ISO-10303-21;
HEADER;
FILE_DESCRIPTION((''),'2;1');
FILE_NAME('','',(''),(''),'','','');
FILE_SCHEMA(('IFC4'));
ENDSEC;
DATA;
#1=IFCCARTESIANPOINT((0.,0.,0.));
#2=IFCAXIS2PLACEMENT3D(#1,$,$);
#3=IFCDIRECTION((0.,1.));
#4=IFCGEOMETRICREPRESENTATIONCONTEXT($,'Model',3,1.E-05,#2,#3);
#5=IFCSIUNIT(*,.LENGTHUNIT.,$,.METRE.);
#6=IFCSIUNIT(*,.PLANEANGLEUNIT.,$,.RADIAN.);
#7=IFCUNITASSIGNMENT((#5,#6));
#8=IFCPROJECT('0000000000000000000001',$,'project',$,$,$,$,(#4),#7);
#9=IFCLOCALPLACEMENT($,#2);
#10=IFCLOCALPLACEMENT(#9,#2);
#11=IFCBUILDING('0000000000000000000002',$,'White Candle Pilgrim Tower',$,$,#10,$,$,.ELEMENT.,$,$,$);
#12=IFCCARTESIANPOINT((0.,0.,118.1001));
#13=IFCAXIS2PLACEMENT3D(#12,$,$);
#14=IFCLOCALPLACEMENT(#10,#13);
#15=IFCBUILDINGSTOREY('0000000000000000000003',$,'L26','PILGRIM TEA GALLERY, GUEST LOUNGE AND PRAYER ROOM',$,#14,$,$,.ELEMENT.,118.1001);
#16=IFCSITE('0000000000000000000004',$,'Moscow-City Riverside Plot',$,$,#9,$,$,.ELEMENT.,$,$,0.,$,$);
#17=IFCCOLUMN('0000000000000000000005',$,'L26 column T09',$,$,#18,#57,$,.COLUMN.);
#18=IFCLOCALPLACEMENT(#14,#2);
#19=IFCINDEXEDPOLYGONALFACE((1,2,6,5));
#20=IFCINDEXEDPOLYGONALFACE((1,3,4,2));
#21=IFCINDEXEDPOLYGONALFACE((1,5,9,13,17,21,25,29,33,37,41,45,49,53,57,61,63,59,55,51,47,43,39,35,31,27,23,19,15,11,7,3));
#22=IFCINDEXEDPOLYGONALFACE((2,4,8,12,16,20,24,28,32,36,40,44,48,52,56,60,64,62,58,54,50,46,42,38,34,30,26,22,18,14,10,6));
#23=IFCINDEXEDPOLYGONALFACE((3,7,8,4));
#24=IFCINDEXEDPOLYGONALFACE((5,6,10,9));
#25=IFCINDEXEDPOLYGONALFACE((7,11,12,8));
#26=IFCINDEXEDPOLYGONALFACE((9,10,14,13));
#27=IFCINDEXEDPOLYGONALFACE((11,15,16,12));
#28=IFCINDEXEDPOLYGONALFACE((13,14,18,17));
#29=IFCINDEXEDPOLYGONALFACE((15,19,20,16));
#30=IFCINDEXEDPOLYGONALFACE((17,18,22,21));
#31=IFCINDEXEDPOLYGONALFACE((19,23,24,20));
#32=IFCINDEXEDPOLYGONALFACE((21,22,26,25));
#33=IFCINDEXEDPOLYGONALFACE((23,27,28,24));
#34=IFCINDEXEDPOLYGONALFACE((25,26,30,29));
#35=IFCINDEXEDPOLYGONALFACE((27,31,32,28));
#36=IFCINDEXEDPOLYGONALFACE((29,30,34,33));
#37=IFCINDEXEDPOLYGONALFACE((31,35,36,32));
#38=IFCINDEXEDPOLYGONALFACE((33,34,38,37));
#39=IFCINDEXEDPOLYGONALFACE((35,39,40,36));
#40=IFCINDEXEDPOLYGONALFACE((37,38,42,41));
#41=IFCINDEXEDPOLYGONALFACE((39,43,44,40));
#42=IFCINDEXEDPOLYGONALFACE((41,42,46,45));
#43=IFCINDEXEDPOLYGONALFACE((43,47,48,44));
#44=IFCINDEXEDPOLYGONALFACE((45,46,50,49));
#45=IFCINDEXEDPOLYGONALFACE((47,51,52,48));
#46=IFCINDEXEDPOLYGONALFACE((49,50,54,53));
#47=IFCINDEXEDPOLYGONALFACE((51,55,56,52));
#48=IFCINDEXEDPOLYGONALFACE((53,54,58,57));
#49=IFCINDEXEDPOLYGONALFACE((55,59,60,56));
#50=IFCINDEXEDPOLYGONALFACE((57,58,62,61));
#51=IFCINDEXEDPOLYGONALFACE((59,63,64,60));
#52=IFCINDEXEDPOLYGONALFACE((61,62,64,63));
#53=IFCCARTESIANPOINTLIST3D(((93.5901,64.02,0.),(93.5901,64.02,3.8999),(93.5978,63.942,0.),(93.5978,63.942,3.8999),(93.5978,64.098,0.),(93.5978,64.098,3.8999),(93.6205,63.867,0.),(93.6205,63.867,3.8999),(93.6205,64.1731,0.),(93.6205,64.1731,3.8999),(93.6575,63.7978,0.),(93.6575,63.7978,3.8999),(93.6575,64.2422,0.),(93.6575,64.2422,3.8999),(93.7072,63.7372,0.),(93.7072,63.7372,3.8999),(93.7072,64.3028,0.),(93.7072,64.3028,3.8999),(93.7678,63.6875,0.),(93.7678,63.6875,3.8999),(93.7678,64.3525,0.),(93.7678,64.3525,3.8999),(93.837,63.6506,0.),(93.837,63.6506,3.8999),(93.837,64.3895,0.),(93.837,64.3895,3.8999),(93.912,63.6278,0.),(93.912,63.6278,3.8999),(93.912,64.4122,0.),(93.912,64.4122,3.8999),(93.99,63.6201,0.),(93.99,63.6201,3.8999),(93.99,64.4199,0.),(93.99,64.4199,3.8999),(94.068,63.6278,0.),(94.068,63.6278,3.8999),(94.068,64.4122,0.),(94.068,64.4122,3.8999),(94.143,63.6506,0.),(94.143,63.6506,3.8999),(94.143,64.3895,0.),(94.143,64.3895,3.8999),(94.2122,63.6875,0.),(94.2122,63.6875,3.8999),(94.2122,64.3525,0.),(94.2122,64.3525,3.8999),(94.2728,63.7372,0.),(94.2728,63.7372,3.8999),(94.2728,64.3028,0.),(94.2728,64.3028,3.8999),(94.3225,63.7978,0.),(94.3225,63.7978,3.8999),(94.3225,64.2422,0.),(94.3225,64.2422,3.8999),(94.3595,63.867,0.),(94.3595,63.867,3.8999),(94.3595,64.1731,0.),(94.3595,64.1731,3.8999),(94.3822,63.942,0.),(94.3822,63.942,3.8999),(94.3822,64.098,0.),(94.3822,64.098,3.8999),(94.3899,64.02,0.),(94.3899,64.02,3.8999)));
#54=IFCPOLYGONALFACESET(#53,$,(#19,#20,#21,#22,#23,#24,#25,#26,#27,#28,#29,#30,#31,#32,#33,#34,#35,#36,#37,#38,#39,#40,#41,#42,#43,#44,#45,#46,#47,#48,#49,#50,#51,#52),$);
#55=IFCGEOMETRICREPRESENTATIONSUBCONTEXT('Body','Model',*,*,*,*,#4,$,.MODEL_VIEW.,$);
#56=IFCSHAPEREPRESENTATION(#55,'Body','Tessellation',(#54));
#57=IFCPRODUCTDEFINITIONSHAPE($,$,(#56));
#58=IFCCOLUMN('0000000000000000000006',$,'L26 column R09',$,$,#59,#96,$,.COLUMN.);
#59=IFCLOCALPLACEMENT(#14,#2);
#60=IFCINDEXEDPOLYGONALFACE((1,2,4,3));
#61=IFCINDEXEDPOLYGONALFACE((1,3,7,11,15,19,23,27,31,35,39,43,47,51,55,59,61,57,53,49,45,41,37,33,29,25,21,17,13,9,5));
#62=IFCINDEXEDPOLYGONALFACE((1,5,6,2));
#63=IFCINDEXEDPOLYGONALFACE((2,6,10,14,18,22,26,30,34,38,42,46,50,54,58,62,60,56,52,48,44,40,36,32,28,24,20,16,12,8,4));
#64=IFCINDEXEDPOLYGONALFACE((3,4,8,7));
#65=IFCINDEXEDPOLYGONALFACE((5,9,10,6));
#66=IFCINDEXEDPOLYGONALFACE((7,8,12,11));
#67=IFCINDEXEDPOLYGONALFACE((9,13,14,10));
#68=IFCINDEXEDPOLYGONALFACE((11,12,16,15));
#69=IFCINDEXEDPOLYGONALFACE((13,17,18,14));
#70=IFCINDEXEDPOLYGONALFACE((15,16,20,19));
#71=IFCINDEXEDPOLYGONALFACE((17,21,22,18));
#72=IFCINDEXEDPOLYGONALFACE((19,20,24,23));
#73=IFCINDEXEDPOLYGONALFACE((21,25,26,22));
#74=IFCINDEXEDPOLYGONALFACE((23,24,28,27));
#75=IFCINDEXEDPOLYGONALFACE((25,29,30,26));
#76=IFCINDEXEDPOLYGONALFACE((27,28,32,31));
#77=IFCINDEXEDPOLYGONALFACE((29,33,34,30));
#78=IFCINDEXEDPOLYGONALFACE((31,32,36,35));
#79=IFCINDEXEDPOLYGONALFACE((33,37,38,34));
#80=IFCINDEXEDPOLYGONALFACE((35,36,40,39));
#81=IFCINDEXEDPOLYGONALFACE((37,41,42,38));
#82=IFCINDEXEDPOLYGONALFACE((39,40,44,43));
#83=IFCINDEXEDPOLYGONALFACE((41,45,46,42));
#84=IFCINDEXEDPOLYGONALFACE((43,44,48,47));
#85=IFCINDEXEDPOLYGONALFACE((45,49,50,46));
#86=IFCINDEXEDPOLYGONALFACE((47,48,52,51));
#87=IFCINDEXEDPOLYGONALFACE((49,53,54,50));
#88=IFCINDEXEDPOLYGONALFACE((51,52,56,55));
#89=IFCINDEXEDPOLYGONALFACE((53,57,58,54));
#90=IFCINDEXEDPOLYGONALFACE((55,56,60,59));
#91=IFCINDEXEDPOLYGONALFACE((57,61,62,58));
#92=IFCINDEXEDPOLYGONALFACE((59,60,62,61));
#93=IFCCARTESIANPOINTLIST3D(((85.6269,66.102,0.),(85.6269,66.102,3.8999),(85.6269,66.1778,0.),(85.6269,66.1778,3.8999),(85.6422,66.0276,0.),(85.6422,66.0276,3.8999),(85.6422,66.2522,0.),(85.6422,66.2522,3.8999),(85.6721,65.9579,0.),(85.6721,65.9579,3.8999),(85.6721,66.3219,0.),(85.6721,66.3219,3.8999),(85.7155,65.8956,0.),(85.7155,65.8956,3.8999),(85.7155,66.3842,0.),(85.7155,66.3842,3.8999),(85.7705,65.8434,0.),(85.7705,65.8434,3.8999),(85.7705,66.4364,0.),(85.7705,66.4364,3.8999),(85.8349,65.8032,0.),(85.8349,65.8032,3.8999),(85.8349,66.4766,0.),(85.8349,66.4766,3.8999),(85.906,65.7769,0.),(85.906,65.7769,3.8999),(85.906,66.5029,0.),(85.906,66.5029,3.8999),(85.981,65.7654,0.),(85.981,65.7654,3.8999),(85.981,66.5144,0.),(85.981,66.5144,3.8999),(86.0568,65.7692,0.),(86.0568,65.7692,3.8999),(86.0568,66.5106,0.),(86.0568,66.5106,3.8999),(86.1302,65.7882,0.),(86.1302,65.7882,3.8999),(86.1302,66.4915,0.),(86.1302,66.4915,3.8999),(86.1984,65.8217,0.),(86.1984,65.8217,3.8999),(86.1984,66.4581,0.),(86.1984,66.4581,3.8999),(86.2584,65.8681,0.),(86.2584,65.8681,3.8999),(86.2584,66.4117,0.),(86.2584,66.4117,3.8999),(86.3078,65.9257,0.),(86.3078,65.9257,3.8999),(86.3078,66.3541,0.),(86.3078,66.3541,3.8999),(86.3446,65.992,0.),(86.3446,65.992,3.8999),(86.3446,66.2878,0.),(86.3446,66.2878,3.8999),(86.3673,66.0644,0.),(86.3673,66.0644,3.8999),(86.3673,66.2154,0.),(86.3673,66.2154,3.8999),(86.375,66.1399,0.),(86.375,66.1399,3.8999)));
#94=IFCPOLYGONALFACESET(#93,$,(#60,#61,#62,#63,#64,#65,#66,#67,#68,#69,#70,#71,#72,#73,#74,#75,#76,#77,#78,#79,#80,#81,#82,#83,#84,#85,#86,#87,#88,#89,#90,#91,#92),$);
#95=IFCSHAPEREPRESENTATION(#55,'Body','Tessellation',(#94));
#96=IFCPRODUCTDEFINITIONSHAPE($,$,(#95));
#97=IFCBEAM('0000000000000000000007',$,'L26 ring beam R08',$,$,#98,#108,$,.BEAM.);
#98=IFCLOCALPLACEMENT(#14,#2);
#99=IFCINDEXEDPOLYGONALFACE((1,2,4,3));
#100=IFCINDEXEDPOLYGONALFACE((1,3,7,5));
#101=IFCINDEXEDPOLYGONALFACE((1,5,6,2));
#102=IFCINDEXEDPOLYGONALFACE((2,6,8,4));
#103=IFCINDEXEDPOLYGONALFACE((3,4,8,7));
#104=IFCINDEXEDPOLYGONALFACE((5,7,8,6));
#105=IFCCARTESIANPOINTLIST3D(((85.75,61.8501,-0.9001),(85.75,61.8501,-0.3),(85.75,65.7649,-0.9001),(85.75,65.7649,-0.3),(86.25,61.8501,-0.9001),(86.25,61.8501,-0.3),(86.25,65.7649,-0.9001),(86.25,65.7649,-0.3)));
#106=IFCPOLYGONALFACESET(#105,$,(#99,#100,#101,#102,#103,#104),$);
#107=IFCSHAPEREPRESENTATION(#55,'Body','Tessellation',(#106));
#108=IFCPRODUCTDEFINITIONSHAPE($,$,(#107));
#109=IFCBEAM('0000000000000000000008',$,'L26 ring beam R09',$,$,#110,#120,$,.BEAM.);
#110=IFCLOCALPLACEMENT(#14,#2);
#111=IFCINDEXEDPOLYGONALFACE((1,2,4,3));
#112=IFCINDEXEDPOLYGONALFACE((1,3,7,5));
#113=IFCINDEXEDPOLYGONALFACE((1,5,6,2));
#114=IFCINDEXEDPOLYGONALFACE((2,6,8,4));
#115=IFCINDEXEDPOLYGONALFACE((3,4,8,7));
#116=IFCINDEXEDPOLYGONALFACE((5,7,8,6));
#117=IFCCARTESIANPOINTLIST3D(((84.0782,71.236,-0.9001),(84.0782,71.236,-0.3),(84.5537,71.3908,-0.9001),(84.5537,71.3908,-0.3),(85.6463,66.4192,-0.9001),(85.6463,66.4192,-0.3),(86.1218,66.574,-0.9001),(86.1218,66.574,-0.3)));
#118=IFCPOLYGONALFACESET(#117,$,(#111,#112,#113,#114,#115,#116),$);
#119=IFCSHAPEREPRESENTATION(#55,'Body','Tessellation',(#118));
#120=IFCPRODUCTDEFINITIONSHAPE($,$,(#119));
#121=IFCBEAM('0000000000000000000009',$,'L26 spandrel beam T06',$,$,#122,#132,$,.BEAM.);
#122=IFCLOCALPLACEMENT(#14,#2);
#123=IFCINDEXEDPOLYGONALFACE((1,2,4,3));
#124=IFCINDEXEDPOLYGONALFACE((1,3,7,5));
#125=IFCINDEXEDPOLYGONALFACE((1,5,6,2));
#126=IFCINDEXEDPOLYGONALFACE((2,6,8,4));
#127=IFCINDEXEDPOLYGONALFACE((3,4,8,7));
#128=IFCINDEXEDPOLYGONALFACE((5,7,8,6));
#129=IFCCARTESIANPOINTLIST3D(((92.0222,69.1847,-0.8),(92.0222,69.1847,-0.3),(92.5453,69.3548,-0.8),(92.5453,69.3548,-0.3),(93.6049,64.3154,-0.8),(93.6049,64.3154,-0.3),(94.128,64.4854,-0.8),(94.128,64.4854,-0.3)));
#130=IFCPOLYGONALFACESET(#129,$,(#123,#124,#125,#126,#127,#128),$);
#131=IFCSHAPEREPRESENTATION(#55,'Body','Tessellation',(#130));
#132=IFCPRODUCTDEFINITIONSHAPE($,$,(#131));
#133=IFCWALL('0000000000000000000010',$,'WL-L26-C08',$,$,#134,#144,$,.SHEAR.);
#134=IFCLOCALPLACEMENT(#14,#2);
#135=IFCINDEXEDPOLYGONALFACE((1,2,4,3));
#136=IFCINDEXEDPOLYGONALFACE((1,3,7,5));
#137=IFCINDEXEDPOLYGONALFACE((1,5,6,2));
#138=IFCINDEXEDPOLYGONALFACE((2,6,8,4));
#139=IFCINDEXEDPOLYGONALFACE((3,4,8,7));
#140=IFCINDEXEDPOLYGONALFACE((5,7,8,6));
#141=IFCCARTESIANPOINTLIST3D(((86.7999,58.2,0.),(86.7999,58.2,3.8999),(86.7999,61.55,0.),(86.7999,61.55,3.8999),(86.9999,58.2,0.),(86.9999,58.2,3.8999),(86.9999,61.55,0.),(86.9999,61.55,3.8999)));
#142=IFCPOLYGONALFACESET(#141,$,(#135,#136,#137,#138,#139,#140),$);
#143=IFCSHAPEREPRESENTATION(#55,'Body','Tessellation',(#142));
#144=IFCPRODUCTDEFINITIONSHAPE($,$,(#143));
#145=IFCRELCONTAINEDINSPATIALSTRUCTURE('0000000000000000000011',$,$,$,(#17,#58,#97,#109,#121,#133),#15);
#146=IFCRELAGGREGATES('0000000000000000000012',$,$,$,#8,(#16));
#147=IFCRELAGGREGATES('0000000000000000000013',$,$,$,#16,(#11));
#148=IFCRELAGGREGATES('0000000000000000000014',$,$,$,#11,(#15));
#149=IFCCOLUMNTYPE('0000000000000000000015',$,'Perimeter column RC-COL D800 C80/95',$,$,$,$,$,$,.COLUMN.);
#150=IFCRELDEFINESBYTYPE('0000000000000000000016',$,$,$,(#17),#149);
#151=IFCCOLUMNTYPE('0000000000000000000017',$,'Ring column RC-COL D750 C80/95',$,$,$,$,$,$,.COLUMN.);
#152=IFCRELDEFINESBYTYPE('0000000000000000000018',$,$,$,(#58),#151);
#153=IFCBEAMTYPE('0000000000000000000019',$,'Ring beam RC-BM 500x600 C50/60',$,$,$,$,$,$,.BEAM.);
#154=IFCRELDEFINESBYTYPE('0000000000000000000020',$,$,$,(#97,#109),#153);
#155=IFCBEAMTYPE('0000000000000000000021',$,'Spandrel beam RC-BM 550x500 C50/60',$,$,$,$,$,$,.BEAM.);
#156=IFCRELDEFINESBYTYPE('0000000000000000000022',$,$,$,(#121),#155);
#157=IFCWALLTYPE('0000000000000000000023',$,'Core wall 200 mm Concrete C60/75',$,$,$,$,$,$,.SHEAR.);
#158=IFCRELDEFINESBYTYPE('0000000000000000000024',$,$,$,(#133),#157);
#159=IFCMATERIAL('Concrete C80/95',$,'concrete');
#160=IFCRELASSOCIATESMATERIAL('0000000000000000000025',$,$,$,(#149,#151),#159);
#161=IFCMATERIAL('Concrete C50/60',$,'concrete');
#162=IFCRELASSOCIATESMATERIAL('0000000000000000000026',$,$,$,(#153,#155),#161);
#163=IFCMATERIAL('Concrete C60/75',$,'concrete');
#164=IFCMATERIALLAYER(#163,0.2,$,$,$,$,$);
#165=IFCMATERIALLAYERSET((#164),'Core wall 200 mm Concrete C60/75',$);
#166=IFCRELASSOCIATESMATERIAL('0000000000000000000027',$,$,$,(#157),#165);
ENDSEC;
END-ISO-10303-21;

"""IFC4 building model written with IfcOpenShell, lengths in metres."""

from ifc_helpers import new_model, si_unit, direction, frame, frame_2d, origin, origin_2d, place, context, subcontext, project, spatial, rectangle, circle, extrude, material, layer, layer_set, material_profile, profile_set, type_object, element, save


model = new_model("IFC4")

# Units and contexts
model_context = context("Model", 3, precision=1e-05, world=origin(), true_north=direction((0.0, 1.0)))
body_context = subcontext(model_context, "Body", "Model", "MODEL_VIEW")
ifc_project = project(units=[si_unit("LENGTHUNIT", "METRE"), si_unit("PLANEANGLEUNIT", "RADIAN")], contexts=[model_context])

# Site, building, storey
site_placement = place(None, origin())
site = spatial("IfcSite", under=ifc_project, at=site_placement, Name="Moscow-City Riverside Plot", CompositionType="ELEMENT", RefElevation=0.0)
building_placement = place(site_placement, origin())
building = spatial("IfcBuilding", under=site, at=building_placement, Name="White Candle Pilgrim Tower", CompositionType="ELEMENT")
storey_placement = place(building_placement, frame((0.0, 0.0, 118.1001)))
storey = spatial("IfcBuildingStorey", under=building, at=storey_placement, Name="L26", Description="PILGRIM TEA GALLERY, GUEST LOUNGE AND PRAYER ROOM", CompositionType="ELEMENT", Elevation=118.1001)

# Columns
ifc_material_1 = material(Name="Concrete C80/95", Category="concrete")
ifc_material_profile_1 = material_profile(ifc_material_1, circle(Radius=0.3999, at=origin_2d()), Name="RC-COL D800")
ifc_profile_set_1 = profile_set([ifc_material_profile_1], Name="Concrete C80/95")
column_type_1 = type_object("IfcColumnType", Name="Perimeter column RC-COL D800 C80/95", PredefinedType="COLUMN", material=ifc_profile_set_1)
column_1_placement = place(storey_placement, frame((93.99, 64.02, 0.0), z_axis=(0.0, 0.0, 1.0), x_axis=(1.0, 0.0, 0.0)))
element("IfcColumn", 1, at=column_1_placement, inside=storey, type_object=column_type_1, Name="L26 column T09", PredefinedType="COLUMN", context=body_context, shape_type="SweptSolid", body=[
    extrude(circle(Radius=0.3999, at=origin_2d()), origin(), (0.0, 0.0, 1.0), 3.8999),
])
ifc_material_profile_2 = material_profile(ifc_material_1, circle(Radius=0.375, at=origin_2d()), Name="RC-COL D750")
ifc_profile_set_2 = profile_set([ifc_material_profile_2], Name="Concrete C80/95")
column_type_2 = type_object("IfcColumnType", Name="Ring column RC-COL D750 C80/95", PredefinedType="COLUMN", material=ifc_profile_set_2)
column_2_placement = place(storey_placement, frame((86.0, 66.1399, 0.0), z_axis=(0.0, 0.0, 1.0), x_axis=(1.0, 0.0, 0.0)))
element("IfcColumn", 2, at=column_2_placement, inside=storey, type_object=column_type_2, Name="L26 column R09", PredefinedType="COLUMN", context=body_context, shape_type="SweptSolid", body=[
    extrude(circle(Radius=0.375, at=origin_2d()), origin(), (0.0, 0.0, 1.0), 3.8999),
])

# Beams
ifc_material_2 = material(Name="Concrete C50/60", Category="concrete")
ifc_material_profile_3 = material_profile(ifc_material_2, rectangle(XDim=0.5, YDim=0.6001, at=origin_2d()), Name="RC-BM 500x600")
ifc_profile_set_3 = profile_set([ifc_material_profile_3], Name="Concrete C50/60")
beam_type_1 = type_object("IfcBeamType", Name="Ring beam RC-BM 500x600 C50/60", PredefinedType="BEAM", material=ifc_profile_set_3)
beam_1_placement = place(storey_placement, frame((86.0, 65.7649, -0.6001), z_axis=(0.0, -1.0, 0.0), x_axis=(1.0, 0.0, 0.0)))
element("IfcBeam", 3, at=beam_1_placement, inside=storey, type_object=beam_type_1, Name="L26 ring beam R08", PredefinedType="BEAM", context=body_context, shape_type="SweptSolid", body=[
    extrude(rectangle(XDim=0.5, YDim=0.6001, at=origin_2d()), origin(), (0.0, 0.0, 1.0), 3.9148),
])
beam_2_placement = place(storey_placement, frame((85.884, 66.4966, -0.6001), z_axis=(-0.309555, 0.950882, 0.0), x_axis=(-0.950882, -0.309555, 0.0)))
element("IfcBeam", 4, at=beam_2_placement, inside=storey, type_object=beam_type_1, Name="L26 ring beam R09", PredefinedType="BEAM", context=body_context, shape_type="SweptSolid", body=[
    extrude(rectangle(XDim=0.5, YDim=0.6001, at=origin_2d()), origin(), (0.0, 0.0, 1.0), 5.0657),
])
ifc_material_profile_4 = material_profile(ifc_material_2, rectangle(XDim=0.55, YDim=0.5, at=origin_2d()), Name="RC-BM 550x500")
ifc_profile_set_4 = profile_set([ifc_material_profile_4], Name="Concrete C50/60")
beam_type_2 = type_object("IfcBeamType", Name="Spandrel beam RC-BM 550x500 C50/60", PredefinedType="BEAM", material=ifc_profile_set_4)
beam_3_placement = place(storey_placement, frame((93.8665, 64.4004, -0.55), z_axis=(-0.309124, 0.951022, 0.0), x_axis=(-0.951022, -0.309124, 0.0)))
element("IfcBeam", 5, at=beam_3_placement, inside=storey, type_object=beam_type_2, Name="L26 spandrel beam T06", PredefinedType="BEAM", context=body_context, shape_type="SweptSolid", body=[
    extrude(rectangle(XDim=0.55, YDim=0.5, at=origin_2d()), origin(), (0.0, 0.0, 1.0), 5.1201),
])

# Wall
ifc_material_3 = material(Name="Concrete C60/75", Category="concrete")
ifc_layer_1 = layer(ifc_material_3, 0.2)
ifc_layer_set_1 = layer_set([ifc_layer_1], Name="Core wall 200 mm Concrete C60/75")
wall_type_1 = type_object("IfcWallType", Name="Core wall 200 mm Concrete C60/75", PredefinedType="SHEAR", material=ifc_layer_set_1)
wall_1_placement = place(storey_placement, frame((86.8999, 58.2, 0.0), z_axis=(0.0, 0.0, 1.0), x_axis=(0.0, 1.0, 0.0)))
element("IfcWall", 6, at=wall_1_placement, inside=storey, type_object=wall_type_1, Name="WL-L26-C08", PredefinedType="SHEAR", context=body_context, shape_type="SweptSolid", body=[
    extrude(rectangle(XDim=3.3501, YDim=0.2, at=frame_2d((1.675, 0.0))), origin(), (0.0, 0.0, 1.0), 3.8999),
])

save(model, "model.ifc")
